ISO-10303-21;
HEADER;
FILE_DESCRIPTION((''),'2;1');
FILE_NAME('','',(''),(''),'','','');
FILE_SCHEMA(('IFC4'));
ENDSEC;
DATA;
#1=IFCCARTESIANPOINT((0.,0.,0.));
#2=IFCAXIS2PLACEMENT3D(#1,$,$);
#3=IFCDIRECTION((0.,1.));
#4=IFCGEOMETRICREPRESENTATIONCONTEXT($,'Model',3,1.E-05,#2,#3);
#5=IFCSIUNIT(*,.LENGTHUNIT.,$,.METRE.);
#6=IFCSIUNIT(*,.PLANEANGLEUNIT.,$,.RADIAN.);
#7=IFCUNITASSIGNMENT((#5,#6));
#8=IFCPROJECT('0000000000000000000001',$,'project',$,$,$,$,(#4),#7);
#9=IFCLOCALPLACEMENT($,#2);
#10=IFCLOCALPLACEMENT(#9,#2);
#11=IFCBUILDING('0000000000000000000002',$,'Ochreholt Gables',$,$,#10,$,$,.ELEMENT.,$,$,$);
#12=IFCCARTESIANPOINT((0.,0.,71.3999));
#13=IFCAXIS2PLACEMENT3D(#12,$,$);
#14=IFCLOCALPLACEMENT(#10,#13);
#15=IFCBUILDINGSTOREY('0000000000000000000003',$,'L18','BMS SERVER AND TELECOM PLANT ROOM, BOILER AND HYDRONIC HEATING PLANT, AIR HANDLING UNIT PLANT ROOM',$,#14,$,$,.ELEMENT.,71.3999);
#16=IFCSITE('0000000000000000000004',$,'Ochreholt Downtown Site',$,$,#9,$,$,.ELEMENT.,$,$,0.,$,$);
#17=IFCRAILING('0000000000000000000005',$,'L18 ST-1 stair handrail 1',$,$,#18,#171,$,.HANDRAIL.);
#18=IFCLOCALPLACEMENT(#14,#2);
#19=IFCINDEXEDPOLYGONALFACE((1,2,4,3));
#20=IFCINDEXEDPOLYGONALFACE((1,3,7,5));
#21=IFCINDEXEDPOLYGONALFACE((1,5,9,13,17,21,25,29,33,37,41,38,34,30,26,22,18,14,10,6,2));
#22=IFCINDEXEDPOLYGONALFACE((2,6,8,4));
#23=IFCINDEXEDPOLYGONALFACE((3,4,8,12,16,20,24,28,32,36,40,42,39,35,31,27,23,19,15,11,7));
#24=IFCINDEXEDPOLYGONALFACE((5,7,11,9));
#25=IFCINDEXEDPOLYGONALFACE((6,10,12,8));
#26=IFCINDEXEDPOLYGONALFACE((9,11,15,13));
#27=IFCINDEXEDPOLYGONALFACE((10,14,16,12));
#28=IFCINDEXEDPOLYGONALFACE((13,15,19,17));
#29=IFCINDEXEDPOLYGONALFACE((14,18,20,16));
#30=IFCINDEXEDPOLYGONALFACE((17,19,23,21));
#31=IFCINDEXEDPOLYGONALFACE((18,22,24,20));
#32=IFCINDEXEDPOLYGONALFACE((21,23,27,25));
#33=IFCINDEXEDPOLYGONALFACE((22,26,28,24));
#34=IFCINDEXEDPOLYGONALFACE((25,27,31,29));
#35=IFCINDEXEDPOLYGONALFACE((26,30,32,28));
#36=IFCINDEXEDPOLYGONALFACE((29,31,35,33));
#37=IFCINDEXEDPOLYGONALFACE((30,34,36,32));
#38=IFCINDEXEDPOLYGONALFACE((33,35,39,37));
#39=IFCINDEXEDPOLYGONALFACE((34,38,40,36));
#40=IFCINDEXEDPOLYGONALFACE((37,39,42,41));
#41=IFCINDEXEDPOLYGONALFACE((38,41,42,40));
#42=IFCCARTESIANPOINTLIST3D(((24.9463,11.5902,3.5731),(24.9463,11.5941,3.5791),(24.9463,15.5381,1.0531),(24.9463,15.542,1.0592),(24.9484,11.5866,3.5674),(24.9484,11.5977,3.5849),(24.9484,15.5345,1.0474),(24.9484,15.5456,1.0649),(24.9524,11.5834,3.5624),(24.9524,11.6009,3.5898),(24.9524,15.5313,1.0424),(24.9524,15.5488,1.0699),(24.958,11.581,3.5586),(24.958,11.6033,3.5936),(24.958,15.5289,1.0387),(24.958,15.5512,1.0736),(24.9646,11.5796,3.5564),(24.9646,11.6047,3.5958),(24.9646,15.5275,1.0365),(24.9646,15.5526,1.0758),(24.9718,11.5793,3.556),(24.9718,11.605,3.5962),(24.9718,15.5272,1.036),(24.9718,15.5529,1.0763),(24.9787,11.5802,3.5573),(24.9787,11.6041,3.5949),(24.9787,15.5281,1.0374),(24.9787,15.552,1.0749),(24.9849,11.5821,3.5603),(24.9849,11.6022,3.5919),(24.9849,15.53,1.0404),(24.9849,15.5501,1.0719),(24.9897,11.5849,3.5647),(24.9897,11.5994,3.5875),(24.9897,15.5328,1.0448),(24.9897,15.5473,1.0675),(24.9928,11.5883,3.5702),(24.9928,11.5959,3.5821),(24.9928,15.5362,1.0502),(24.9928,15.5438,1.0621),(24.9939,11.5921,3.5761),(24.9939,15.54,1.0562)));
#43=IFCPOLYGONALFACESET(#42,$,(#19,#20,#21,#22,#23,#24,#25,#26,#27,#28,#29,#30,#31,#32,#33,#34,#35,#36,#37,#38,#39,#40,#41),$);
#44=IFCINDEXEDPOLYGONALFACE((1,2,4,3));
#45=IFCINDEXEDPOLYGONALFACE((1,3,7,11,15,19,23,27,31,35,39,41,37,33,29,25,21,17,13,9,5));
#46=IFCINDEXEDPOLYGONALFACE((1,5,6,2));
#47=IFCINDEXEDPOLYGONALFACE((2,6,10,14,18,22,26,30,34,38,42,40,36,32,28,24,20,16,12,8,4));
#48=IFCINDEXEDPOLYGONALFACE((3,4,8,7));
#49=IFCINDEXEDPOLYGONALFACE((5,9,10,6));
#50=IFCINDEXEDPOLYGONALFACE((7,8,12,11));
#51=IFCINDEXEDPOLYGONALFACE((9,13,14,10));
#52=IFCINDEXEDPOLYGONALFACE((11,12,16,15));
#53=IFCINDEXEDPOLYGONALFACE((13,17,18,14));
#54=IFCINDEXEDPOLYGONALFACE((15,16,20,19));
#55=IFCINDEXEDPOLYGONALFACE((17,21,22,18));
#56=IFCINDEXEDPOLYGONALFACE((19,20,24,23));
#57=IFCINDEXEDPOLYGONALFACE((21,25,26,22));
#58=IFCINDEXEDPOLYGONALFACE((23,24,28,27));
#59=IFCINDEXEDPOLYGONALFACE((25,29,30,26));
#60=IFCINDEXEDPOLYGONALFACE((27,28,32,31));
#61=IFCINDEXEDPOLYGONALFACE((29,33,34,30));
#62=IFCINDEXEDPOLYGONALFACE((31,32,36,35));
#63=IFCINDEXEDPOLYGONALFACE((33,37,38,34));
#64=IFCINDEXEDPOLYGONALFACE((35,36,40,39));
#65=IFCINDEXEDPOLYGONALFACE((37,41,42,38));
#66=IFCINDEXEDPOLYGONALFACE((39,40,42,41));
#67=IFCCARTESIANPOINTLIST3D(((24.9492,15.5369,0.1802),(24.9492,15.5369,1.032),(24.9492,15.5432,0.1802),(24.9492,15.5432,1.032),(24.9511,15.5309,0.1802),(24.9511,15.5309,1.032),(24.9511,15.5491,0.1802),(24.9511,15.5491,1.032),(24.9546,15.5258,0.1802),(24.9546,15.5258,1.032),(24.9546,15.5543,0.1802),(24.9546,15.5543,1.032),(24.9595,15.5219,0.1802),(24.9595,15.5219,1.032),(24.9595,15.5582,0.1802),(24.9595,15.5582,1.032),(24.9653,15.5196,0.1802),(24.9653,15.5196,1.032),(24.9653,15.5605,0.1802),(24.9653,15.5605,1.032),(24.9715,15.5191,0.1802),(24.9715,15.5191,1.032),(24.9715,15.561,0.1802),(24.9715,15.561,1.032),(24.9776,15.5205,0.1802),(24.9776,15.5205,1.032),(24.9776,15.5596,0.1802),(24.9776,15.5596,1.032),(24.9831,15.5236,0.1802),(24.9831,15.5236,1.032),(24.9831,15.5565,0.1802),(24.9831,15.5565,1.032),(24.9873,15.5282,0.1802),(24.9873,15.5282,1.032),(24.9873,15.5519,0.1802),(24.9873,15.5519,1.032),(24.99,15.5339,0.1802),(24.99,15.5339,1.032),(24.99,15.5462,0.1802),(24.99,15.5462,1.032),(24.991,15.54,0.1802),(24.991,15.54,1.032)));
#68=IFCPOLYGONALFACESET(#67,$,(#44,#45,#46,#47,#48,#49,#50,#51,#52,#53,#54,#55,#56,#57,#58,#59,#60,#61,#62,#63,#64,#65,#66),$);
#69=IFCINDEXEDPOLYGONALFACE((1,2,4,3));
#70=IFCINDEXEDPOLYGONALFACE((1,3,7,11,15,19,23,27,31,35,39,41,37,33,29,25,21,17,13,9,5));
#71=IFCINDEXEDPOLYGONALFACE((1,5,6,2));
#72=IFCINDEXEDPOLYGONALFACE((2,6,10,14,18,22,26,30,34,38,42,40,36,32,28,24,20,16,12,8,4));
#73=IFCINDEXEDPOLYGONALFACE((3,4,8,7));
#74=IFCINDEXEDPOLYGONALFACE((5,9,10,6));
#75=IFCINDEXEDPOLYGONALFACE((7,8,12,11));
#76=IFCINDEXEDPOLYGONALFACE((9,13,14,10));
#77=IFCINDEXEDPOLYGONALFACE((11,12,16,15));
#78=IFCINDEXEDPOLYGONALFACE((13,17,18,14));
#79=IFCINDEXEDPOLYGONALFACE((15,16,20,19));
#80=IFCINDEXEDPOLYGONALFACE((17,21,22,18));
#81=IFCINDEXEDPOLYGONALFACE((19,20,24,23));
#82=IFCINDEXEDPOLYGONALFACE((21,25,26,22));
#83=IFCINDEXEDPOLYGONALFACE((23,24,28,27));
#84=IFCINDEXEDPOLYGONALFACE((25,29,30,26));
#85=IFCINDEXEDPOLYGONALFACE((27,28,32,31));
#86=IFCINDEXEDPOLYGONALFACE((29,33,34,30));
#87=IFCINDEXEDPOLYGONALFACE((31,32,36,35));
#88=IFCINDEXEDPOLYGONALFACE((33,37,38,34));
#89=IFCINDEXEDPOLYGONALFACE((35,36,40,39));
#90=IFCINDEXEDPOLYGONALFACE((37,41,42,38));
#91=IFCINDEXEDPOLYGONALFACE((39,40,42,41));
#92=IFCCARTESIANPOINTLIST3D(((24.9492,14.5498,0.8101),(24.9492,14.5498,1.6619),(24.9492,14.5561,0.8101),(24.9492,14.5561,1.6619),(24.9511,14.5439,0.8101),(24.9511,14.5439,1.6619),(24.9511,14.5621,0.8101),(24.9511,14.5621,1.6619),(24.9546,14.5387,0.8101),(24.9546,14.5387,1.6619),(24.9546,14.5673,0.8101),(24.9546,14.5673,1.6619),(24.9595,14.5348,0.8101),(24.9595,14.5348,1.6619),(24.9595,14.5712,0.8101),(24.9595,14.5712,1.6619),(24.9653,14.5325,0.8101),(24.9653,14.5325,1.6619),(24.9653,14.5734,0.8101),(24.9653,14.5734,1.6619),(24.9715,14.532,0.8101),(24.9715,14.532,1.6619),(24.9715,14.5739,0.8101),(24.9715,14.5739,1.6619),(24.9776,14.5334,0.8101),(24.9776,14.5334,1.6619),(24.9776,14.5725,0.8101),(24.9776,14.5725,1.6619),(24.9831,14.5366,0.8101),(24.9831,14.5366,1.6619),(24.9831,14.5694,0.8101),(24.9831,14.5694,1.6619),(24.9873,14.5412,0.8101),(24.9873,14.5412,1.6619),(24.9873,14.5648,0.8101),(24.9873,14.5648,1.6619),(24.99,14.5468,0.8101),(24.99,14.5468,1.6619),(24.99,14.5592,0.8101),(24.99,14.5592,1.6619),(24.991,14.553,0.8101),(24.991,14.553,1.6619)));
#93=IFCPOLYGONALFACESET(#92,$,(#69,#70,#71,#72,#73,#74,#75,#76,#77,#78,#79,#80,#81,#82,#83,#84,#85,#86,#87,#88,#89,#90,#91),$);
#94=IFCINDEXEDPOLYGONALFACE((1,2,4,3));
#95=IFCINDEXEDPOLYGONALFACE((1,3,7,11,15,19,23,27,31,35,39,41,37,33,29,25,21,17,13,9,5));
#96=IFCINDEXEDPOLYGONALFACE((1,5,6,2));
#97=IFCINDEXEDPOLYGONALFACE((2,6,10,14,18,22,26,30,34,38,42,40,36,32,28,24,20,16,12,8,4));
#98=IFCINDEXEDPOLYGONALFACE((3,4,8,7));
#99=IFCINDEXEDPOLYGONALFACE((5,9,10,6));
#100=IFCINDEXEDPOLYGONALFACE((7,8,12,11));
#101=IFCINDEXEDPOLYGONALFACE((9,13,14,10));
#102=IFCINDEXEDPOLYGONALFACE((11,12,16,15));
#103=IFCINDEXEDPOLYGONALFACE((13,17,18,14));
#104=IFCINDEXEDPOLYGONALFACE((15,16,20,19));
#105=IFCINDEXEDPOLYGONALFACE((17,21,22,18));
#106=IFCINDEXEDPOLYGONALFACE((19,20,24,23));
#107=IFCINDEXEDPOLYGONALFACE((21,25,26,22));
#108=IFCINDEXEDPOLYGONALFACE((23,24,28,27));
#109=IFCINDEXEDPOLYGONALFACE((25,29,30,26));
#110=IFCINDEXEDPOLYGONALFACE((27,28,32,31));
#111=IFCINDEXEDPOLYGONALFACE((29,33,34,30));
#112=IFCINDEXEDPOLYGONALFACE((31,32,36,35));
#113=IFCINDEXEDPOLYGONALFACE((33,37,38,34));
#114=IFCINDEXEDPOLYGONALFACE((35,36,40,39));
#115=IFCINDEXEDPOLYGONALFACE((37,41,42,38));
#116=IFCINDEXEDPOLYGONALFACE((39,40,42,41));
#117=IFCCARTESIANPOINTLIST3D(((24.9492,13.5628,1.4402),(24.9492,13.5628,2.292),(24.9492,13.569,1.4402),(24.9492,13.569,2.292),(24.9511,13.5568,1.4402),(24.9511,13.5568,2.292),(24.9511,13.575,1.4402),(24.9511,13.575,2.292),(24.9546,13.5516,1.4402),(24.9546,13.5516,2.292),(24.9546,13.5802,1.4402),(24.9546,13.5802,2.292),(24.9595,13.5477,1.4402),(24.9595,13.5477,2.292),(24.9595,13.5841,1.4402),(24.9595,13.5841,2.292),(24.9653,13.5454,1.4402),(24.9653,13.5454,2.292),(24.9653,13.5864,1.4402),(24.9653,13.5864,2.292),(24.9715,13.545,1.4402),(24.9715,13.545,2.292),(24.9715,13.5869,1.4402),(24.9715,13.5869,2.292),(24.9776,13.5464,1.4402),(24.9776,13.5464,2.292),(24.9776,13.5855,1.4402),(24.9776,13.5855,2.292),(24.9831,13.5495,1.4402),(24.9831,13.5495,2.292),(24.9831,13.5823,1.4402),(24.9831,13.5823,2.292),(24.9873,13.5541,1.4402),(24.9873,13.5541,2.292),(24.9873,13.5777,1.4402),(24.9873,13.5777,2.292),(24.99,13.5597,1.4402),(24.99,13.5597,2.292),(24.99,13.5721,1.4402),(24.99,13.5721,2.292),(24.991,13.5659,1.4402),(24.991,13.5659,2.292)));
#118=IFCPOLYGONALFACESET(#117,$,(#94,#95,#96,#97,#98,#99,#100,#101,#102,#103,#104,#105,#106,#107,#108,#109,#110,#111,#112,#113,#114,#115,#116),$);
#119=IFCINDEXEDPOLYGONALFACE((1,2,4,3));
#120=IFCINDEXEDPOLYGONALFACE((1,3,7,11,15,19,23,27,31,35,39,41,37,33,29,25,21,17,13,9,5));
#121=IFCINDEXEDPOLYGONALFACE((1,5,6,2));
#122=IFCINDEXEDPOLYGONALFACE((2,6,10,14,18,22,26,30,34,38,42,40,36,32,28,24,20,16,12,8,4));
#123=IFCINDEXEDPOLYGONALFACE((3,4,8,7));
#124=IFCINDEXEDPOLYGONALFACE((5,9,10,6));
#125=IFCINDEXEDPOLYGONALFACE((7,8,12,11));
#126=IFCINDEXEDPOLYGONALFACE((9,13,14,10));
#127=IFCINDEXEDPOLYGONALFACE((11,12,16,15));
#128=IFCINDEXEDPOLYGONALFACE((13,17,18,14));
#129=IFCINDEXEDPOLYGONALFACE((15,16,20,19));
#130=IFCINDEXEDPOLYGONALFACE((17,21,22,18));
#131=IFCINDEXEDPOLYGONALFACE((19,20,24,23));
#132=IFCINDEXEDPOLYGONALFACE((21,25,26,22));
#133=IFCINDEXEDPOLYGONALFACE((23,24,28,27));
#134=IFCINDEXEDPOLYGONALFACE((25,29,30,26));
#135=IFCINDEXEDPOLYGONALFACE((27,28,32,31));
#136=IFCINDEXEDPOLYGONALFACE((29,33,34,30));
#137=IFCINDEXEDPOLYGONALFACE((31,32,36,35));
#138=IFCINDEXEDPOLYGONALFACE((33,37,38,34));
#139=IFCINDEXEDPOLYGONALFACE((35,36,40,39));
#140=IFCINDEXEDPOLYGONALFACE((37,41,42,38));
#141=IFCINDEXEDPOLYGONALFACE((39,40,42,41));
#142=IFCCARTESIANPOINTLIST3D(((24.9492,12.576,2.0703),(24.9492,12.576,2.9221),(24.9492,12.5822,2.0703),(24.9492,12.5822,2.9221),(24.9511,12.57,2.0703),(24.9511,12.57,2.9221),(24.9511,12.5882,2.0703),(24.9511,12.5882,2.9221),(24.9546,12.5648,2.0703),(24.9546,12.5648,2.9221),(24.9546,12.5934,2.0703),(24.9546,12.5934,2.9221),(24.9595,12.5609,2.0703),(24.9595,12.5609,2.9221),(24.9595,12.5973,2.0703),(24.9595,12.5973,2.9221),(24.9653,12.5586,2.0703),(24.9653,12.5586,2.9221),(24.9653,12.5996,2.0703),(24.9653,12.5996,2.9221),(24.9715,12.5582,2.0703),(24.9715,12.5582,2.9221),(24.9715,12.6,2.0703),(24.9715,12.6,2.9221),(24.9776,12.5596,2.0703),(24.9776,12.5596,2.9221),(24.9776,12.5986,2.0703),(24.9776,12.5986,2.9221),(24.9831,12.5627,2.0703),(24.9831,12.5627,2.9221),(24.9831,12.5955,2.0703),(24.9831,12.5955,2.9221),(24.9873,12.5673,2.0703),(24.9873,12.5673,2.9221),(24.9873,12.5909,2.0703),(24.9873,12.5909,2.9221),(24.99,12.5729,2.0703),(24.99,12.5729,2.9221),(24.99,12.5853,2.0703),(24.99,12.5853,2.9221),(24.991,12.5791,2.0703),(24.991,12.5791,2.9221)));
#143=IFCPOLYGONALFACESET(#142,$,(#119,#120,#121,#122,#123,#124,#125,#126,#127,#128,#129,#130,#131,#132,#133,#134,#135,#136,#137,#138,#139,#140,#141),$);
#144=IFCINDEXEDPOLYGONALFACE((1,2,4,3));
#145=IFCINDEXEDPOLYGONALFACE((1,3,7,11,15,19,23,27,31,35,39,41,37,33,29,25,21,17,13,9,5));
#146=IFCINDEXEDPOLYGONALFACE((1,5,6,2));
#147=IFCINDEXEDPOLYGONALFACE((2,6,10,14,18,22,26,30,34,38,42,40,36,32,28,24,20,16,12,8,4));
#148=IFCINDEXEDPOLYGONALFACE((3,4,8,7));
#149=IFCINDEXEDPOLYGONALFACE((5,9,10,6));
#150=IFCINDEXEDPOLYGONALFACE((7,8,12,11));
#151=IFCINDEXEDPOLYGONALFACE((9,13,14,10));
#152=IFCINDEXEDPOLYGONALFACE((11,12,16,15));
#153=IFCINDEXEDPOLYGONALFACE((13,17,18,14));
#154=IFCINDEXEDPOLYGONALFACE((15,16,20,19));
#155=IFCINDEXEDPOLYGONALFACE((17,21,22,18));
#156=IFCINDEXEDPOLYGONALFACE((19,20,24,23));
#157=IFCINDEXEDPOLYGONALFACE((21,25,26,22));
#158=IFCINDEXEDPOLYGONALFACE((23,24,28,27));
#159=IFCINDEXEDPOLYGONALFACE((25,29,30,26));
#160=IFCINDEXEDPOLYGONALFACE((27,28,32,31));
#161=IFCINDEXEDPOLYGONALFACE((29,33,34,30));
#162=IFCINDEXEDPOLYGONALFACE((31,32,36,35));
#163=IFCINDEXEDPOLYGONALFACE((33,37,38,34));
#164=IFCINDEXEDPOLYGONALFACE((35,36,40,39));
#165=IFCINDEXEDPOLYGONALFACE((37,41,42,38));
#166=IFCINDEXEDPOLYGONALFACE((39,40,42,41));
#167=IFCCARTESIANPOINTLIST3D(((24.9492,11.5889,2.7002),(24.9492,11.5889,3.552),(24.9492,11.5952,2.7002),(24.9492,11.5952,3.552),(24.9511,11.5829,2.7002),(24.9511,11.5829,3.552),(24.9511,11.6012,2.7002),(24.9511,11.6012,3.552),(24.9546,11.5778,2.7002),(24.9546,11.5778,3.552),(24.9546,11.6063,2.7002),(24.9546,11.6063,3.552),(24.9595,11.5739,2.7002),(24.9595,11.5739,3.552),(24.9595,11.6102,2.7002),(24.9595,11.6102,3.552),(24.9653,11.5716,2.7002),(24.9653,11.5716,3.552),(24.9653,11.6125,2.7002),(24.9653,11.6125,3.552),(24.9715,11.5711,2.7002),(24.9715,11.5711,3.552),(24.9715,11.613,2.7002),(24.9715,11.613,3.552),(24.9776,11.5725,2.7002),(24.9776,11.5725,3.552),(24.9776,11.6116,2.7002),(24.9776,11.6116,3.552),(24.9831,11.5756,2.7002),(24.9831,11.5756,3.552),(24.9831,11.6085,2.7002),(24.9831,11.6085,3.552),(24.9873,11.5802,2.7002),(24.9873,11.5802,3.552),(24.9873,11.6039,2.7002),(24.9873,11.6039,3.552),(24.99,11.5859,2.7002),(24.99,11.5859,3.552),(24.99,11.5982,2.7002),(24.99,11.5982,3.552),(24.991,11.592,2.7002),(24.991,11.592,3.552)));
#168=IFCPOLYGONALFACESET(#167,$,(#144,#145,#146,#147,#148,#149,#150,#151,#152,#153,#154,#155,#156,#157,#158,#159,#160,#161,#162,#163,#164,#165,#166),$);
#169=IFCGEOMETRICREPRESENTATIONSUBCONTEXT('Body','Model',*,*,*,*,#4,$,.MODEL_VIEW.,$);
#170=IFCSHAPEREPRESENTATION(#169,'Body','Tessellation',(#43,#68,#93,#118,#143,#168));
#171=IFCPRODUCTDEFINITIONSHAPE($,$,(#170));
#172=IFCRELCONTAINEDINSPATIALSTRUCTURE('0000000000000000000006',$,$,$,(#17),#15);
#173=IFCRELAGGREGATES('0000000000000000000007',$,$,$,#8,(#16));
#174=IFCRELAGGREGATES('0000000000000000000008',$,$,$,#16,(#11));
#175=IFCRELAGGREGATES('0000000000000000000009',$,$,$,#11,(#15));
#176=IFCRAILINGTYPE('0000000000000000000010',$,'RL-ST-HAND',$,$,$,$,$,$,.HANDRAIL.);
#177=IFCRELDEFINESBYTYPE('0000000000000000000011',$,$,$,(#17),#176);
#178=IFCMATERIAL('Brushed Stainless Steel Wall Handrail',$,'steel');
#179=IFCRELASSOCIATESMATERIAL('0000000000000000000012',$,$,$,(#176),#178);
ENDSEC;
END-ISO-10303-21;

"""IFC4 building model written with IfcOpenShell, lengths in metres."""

from ifc_helpers import new_model, si_unit, direction, frame, origin, origin_2d, place, context, subcontext, project, spatial, circle, extrude, material, type_object, element, save


model = new_model("IFC4")

# Units and contexts
model_context = context("Model", 3, precision=1e-05, world=origin(), true_north=direction((0.0, 1.0)))
body_context = subcontext(model_context, "Body", "Model", "MODEL_VIEW")
ifc_project = project(units=[si_unit("LENGTHUNIT", "METRE"), si_unit("PLANEANGLEUNIT", "RADIAN")], contexts=[model_context])

# Site, building, storey
site_placement = place(None, origin())
site = spatial("IfcSite", under=ifc_project, at=site_placement, Name="Ochreholt Downtown Site", CompositionType="ELEMENT", RefElevation=0.0)
building_placement = place(site_placement, origin())
building = spatial("IfcBuilding", under=site, at=building_placement, Name="Ochreholt Gables", CompositionType="ELEMENT")
storey_placement = place(building_placement, frame((0.0, 0.0, 71.3999)))
storey = spatial("IfcBuildingStorey", under=building, at=storey_placement, Name="L18", Description="BMS SERVER AND TELECOM PLANT ROOM, BOILER AND HYDRONIC HEATING PLANT, AIR HANDLING UNIT PLANT ROOM", CompositionType="ELEMENT", Elevation=71.3999)

# Railing
ifc_material_1 = material(Name="Brushed Stainless Steel Wall Handrail", Category="steel")
railing_type_1 = type_object("IfcRailingType", Name="RL-ST-HAND", PredefinedType="HANDRAIL", material=ifc_material_1)
railing_1_placement = place(storey_placement, frame((24.97, 15.54, 0.1802)))
element("IfcRailing", 1, at=railing_1_placement, inside=storey, type_object=railing_type_1, Name="L18 ST-1 stair handrail 1", PredefinedType="HANDRAIL", context=body_context, shape_type="SweptSolid", body=[
    extrude(circle(Radius=0.0239, at=origin_2d()), frame((0.0, 0.0, 0.876), z_axis=(0.0, -0.84292, 0.538039), x_axis=(1.0, 0.0, 0.0)), (0.0, 0.0, 1.0), 4.6836),
    extrude(circle(Radius=0.021, at=origin_2d()), origin(), (0.0, 0.0, 1.0), 0.8518),
    extrude(circle(Radius=0.021, at=origin_2d()), frame((0.0, -0.9871, 0.6299)), (0.0, 0.0, 1.0), 0.8518),
    extrude(circle(Radius=0.021, at=origin_2d()), frame((0.0, -1.9741, 1.26)), (0.0, 0.0, 1.0), 0.8518),
    extrude(circle(Radius=0.021, at=origin_2d()), frame((0.0, -2.9609, 1.8901)), (0.0, 0.0, 1.0), 0.8518),
    extrude(circle(Radius=0.021, at=origin_2d()), frame((0.0, -3.948, 2.52)), (0.0, 0.0, 1.0), 0.8518),
])

save(model, "model.ifc")
